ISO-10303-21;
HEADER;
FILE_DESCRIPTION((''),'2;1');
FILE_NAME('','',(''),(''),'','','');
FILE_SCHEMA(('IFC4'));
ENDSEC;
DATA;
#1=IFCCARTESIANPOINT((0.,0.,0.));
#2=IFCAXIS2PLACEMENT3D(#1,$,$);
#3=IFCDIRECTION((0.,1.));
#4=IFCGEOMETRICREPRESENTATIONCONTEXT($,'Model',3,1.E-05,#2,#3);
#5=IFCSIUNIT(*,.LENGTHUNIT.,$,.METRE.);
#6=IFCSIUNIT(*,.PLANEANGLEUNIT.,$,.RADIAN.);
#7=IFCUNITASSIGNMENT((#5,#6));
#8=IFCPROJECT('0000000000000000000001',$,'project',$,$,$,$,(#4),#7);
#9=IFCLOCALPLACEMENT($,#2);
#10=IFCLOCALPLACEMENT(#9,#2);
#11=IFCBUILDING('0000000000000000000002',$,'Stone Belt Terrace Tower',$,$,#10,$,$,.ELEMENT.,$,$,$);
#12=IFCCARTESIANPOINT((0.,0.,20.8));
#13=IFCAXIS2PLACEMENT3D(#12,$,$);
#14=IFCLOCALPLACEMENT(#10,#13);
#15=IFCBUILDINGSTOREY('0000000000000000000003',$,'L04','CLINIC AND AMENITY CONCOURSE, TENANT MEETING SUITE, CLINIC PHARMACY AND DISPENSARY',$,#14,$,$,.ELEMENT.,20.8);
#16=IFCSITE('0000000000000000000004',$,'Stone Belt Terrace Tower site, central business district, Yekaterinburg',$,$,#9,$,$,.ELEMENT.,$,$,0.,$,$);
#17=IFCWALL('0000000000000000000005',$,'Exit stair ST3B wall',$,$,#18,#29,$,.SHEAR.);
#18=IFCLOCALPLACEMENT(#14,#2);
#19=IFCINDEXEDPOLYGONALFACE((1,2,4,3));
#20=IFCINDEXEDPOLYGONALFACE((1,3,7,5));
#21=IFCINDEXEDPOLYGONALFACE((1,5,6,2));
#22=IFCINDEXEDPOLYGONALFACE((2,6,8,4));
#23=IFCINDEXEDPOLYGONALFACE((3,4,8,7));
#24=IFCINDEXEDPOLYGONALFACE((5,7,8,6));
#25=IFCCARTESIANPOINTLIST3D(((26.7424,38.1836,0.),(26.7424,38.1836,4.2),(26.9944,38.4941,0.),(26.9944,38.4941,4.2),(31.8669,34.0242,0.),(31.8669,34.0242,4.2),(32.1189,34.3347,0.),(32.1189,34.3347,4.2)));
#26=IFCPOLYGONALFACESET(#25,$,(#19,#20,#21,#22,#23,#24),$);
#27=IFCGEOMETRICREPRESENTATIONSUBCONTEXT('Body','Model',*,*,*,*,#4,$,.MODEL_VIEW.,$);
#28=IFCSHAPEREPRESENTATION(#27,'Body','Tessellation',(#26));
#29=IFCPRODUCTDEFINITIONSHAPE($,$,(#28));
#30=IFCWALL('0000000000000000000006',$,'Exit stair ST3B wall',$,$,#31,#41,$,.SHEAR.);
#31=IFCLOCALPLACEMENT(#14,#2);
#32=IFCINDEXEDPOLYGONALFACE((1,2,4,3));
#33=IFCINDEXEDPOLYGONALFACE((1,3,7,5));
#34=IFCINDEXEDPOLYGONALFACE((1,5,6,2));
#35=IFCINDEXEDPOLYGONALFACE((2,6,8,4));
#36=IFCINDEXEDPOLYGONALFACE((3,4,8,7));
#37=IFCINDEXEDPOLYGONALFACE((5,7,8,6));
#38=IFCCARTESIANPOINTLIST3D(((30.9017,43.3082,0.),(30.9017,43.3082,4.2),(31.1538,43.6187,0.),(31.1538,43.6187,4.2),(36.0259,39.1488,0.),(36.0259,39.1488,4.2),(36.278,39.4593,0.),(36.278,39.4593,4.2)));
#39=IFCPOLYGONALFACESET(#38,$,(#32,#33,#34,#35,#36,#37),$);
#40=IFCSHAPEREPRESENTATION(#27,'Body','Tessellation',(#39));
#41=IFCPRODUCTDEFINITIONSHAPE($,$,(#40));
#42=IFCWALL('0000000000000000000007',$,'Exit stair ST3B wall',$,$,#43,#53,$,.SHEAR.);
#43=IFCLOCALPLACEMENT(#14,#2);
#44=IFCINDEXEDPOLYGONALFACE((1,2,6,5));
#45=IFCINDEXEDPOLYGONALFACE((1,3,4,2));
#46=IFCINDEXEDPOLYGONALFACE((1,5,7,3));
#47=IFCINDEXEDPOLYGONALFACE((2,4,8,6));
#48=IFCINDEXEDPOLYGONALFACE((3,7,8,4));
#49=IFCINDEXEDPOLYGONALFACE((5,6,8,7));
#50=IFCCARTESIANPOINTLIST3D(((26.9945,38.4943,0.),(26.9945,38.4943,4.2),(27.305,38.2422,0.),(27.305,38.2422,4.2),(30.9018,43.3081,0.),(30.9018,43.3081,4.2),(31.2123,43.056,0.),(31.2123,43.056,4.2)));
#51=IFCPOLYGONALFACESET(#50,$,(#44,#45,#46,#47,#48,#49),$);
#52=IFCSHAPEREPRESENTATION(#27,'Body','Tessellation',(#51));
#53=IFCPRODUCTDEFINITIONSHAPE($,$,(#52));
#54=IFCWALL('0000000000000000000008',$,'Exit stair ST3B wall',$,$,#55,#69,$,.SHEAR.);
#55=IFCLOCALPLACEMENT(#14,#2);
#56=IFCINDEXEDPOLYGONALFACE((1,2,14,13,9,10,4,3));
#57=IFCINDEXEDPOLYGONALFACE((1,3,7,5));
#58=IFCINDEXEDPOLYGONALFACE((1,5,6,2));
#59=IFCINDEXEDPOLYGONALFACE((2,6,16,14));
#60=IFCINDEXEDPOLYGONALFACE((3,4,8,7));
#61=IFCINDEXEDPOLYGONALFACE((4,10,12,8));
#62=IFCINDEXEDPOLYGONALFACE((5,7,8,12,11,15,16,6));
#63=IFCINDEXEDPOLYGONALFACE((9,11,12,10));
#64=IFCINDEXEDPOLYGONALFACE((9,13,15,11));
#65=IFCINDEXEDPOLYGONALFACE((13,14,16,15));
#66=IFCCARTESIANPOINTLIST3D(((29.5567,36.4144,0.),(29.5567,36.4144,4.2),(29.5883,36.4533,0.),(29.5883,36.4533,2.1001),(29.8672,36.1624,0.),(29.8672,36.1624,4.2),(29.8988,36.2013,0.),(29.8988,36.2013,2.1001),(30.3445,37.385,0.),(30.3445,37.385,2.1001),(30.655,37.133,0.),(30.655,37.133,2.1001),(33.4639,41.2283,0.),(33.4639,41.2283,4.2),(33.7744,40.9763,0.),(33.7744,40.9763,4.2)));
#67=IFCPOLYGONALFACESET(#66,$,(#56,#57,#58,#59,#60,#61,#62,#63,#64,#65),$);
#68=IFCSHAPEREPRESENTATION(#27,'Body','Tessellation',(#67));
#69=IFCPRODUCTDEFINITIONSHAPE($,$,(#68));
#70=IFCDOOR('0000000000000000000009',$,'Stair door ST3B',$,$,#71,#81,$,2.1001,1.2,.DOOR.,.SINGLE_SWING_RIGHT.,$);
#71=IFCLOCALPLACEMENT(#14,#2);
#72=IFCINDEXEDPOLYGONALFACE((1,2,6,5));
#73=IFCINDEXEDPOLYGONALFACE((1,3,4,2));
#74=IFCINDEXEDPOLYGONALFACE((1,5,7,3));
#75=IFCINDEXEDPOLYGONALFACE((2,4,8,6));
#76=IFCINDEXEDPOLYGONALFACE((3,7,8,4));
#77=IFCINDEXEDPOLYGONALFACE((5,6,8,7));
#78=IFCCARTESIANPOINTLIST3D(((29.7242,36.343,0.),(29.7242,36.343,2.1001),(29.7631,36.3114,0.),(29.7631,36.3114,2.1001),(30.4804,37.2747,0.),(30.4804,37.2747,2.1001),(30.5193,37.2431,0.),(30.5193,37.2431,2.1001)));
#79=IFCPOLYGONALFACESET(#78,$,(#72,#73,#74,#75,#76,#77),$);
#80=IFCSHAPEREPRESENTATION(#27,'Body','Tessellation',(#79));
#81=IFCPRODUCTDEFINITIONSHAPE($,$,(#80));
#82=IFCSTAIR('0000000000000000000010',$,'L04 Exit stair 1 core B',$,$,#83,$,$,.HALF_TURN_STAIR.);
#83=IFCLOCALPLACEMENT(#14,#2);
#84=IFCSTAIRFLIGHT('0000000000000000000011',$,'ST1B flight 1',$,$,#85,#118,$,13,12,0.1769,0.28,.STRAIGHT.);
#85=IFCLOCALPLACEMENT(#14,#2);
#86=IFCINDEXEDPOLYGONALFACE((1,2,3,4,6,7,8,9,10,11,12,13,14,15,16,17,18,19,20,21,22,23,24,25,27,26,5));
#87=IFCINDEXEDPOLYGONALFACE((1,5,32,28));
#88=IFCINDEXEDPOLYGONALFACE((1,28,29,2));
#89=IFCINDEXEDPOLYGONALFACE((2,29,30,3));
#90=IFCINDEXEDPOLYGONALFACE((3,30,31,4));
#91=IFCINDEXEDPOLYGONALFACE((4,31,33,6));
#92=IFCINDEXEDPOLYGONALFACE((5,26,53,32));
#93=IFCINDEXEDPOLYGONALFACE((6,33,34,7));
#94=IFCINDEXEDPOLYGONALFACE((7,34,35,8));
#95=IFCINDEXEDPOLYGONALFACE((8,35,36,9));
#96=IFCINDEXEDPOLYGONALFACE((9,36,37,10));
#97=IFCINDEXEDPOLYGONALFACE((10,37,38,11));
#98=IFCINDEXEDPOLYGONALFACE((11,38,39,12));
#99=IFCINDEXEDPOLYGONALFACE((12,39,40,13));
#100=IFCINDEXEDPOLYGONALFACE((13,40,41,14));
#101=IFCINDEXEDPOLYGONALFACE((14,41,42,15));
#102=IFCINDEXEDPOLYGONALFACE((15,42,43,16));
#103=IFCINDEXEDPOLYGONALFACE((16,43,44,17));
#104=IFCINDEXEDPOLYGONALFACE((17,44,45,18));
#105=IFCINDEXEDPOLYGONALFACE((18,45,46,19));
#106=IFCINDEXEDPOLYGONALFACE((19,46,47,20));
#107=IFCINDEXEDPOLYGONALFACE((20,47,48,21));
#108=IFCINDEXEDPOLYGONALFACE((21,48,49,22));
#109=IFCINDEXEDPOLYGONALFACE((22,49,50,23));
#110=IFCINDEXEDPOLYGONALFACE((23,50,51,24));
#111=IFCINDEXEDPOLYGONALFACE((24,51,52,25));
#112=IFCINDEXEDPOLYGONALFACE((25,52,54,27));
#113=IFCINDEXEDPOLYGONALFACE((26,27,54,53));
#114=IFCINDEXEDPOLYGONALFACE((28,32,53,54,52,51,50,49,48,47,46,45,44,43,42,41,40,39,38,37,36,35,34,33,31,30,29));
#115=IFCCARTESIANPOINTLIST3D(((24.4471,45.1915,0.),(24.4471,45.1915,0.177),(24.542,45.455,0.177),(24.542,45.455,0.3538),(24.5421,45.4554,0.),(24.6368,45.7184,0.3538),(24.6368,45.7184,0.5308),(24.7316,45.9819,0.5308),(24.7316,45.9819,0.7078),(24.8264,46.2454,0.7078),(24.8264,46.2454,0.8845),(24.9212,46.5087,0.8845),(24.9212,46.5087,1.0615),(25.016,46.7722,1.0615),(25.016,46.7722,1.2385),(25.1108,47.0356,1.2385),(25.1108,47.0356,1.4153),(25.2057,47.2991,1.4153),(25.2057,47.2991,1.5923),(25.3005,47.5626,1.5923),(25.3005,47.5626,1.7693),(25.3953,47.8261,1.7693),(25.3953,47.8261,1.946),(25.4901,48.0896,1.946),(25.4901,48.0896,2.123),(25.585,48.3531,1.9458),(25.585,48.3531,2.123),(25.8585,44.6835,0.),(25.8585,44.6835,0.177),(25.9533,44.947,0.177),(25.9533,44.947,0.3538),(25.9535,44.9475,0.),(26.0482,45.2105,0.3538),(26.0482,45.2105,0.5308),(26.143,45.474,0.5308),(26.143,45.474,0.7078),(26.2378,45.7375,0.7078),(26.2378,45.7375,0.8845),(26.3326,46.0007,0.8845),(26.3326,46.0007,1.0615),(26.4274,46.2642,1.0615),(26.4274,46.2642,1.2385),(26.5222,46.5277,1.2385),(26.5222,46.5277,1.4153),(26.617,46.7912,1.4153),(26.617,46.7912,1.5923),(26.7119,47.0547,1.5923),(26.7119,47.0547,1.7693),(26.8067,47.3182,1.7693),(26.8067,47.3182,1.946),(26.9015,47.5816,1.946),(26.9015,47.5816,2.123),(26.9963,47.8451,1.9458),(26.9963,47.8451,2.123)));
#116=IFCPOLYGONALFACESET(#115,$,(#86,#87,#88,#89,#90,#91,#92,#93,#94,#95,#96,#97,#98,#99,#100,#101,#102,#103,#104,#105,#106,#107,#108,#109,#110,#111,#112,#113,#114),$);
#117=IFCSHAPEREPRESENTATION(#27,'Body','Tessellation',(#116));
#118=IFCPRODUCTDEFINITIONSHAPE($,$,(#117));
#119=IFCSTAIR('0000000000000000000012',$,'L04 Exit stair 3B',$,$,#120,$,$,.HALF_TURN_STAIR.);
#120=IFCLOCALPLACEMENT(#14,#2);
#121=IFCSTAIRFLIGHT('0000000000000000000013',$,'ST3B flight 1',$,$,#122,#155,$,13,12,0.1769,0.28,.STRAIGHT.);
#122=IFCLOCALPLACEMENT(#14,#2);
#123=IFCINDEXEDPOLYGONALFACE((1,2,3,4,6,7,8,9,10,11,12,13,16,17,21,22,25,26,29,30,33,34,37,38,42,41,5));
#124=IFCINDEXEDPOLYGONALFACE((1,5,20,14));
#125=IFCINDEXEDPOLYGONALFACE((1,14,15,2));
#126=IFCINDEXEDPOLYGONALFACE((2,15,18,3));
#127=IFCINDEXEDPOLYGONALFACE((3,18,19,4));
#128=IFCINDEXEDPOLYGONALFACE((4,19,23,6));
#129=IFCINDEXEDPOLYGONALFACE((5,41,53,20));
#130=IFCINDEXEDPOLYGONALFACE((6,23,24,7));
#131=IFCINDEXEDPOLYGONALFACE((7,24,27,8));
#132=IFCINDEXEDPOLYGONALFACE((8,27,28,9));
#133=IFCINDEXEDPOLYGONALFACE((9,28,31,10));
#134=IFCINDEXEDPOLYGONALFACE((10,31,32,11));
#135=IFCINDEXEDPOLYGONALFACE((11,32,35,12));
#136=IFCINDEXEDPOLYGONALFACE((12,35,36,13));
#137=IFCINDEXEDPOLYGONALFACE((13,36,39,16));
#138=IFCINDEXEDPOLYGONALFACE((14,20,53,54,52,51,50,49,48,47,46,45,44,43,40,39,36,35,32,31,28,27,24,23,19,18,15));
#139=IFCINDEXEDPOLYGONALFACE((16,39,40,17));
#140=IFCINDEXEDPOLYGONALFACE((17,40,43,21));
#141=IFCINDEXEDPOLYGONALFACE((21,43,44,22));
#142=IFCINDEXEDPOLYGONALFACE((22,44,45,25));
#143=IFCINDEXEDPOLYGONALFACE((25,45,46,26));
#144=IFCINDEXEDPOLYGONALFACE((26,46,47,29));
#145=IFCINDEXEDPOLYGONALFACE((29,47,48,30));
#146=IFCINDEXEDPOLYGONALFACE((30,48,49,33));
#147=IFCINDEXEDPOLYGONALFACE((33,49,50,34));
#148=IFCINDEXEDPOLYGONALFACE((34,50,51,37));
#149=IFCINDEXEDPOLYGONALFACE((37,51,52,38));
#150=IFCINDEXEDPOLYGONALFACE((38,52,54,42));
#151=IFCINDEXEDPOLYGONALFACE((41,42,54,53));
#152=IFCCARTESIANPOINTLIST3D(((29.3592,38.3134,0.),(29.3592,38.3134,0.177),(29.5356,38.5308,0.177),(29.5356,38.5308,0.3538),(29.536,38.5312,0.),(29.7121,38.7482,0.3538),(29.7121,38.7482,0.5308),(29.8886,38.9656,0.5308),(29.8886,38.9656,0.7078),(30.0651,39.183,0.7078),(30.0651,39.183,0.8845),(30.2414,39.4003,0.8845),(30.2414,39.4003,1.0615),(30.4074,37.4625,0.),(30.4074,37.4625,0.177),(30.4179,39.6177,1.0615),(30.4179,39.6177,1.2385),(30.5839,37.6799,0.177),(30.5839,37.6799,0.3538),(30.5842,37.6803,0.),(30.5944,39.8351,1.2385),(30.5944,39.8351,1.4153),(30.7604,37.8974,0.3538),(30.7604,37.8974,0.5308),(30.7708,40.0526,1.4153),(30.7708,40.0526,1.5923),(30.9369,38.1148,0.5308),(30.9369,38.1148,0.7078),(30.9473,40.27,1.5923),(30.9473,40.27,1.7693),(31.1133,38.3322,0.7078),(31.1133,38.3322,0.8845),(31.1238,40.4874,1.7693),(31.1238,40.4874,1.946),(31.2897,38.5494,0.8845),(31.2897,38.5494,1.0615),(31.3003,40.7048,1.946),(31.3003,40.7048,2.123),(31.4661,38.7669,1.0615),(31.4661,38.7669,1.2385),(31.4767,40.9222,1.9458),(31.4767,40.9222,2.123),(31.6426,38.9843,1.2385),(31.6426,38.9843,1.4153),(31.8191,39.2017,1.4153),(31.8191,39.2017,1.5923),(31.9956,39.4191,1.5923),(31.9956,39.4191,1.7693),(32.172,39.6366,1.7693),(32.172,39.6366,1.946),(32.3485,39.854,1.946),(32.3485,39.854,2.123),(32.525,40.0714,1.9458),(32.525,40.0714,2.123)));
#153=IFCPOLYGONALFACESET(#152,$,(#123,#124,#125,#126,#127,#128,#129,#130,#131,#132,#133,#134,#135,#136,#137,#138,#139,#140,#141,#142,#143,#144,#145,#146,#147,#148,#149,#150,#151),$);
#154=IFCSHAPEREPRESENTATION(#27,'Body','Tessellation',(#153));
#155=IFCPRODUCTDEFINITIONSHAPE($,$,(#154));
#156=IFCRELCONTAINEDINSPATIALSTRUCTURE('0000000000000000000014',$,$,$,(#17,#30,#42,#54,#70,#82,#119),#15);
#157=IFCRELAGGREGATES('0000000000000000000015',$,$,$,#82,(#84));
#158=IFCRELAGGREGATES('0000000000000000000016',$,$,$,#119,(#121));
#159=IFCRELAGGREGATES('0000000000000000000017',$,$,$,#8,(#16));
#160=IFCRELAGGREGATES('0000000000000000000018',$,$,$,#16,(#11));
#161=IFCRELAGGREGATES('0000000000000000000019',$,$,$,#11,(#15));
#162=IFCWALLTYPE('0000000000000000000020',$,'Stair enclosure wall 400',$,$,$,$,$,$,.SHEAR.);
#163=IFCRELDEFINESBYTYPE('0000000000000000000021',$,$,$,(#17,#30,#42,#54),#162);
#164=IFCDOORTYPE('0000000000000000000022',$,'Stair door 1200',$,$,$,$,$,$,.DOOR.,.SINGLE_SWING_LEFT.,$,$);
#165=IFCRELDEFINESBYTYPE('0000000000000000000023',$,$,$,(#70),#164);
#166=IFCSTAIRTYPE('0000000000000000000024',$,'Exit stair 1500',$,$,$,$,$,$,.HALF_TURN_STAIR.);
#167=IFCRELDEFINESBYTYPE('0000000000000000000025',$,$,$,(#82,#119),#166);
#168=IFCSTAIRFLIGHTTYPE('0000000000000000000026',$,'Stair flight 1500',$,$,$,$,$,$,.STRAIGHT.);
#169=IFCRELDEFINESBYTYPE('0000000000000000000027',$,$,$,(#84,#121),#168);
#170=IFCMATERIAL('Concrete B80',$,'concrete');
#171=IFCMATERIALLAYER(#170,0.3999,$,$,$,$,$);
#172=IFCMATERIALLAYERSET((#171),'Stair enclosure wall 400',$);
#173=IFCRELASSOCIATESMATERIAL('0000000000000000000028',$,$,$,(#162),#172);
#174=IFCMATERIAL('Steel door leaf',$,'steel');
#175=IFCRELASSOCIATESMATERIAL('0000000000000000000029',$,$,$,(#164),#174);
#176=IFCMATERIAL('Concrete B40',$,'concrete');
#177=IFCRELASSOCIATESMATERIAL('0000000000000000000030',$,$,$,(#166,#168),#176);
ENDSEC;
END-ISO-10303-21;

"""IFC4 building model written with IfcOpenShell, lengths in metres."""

from ifc_helpers import new_model, si_unit, direction, frame, frame_2d, origin, place, context, subcontext, project, spatial, polyline, rectangle, outline, extrude, material, layer, layer_set, type_object, element, fill, aggregate, save


model = new_model("IFC4")

# Units and contexts
model_context = context("Model", 3, precision=1e-05, world=origin(), true_north=direction((0.0, 1.0)))
body_context = subcontext(model_context, "Body", "Model", "MODEL_VIEW")
ifc_project = project(units=[si_unit("LENGTHUNIT", "METRE"), si_unit("PLANEANGLEUNIT", "RADIAN")], contexts=[model_context])

# Site, building, storey
site_placement = place(None, origin())
site = spatial("IfcSite", under=ifc_project, at=site_placement, Name="Stone Belt Terrace Tower site, central business district, Yekaterinburg", CompositionType="ELEMENT", RefElevation=0.0)
building_placement = place(site_placement, origin())
building = spatial("IfcBuilding", under=site, at=building_placement, Name="Stone Belt Terrace Tower", CompositionType="ELEMENT")
storey_placement = place(building_placement, frame((0.0, 0.0, 20.8)))
storey = spatial("IfcBuildingStorey", under=building, at=storey_placement, Name="L04", Description="CLINIC AND AMENITY CONCOURSE, TENANT MEETING SUITE, CLINIC PHARMACY AND DISPENSARY", CompositionType="ELEMENT", Elevation=20.8)

# Shared definitions
ifc_material_1 = material(Name="Concrete B80", Category="concrete")

# Shared definitions
ifc_layer_1 = layer(ifc_material_1, 0.3999)
ifc_layer_set_1 = layer_set([ifc_layer_1], Name="Stair enclosure wall 400")
wall_type_1 = type_object("IfcWallType", Name="Stair enclosure wall 400", PredefinedType="SHEAR", material=ifc_layer_set_1)

# Walls
wall_1_placement = place(storey_placement, frame((26.8684, 38.3389, 0.0), z_axis=(0.0, 0.0, 1.0), x_axis=(0.776428, -0.630205, 0.0)))
element("IfcWall", 1, at=wall_1_placement, inside=storey, type_object=wall_type_1, Name="Exit stair ST3B wall", PredefinedType="SHEAR", context=body_context, shape_type="SweptSolid", body=[
    extrude(rectangle(XDim=6.6001, YDim=0.3999, at=frame_2d((3.3, 0.0))), origin(), (0.0, 0.0, 1.0), 4.2),
])
wall_2_placement = place(storey_placement, frame((31.0278, 43.4634, 0.0), z_axis=(0.0, 0.0, 1.0), x_axis=(0.776414, -0.630224, 0.0)))
element("IfcWall", 2, at=wall_2_placement, inside=storey, type_object=wall_type_1, Name="Exit stair ST3B wall", PredefinedType="SHEAR", context=body_context, shape_type="SweptSolid", body=[
    extrude(rectangle(XDim=6.5999, YDim=0.3999, at=frame_2d((3.2998, 0.0))), origin(), (0.0, 0.0, 1.0), 4.2),
])
wall_3_placement = place(storey_placement, frame((27.1497, 38.3682, 0.0), z_axis=(0.0, 0.0, 1.0), x_axis=(0.630212, 0.776423, 0.0)))
element("IfcWall", 3, at=wall_3_placement, inside=storey, type_object=wall_type_1, Name="Exit stair ST3B wall", PredefinedType="SHEAR", context=body_context, shape_type="SweptSolid", body=[
    extrude(rectangle(XDim=6.2, YDim=0.3999, at=frame_2d((3.1001, 0.0))), origin(), (0.0, 0.0, 1.0), 4.2),
])

# Wall, opening, door
wall_4_placement = place(storey_placement, frame((29.7119, 36.2883, 0.0), z_axis=(0.0, 0.0, 1.0), x_axis=(0.630192, 0.776439, 0.0)))
wall_4 = element("IfcWall", 4, at=wall_4_placement, inside=storey, type_object=wall_type_1, Name="Exit stair ST3B wall", PredefinedType="SHEAR", context=body_context, shape_type="SweptSolid", body=[
    extrude(rectangle(XDim=6.2, YDim=0.3999, at=frame_2d((3.1001, 0.0))), origin(), (0.0, 0.0, 1.0), 4.2),
])
opening_1_placement = place(wall_4_placement, frame((0.05, 0.0, 0.0)))
opening_1 = element("IfcOpeningElement", 5, at=opening_1_placement, cuts=wall_4, PredefinedType="OPENING", context=body_context, shape_type="SweptSolid", body=[
    extrude(rectangle(XDim=1.2, YDim=2.1001, at=frame_2d((0.6001, 1.05))), frame((0.0, 0.21, 0.0), z_axis=(0.0, -1.0, 0.0), x_axis=(1.0, 0.0, 0.0)), (0.0, 0.0, 1.0), 0.4199),
])
ifc_material_2 = material(Name="Steel door leaf", Category="steel")
door_type_1 = type_object("IfcDoorType", Name="Stair door 1200", OperationType="SINGLE_SWING_LEFT", PredefinedType="DOOR", material=ifc_material_2)
door_1_placement = place(opening_1_placement, origin())
door_1 = element("IfcDoor", 6, at=door_1_placement, inside=storey, type_object=door_type_1, Name="Stair door ST3B", OperationType="SINGLE_SWING_RIGHT", OverallHeight=2.1001, OverallWidth=1.2, PredefinedType="DOOR", context=body_context, shape_type="SweptSolid", body=[
    extrude(rectangle(XDim=1.2, YDim=2.1001, at=frame_2d((0.6001, 1.05))), frame((0.0, 0.0249, 0.0), z_axis=(0.0, -1.0, 0.0), x_axis=(1.0, 0.0, 0.0)), (0.0, 0.0, 1.0), 0.05),
])
fill(opening_1, door_1)

# Stair, stair flight
ifc_material_3 = material(Name="Concrete B40", Category="concrete")
stair_type = type_object("IfcStairType", Name="Exit stair 1500", PredefinedType="HALF_TURN_STAIR", material=ifc_material_3)
stair_1_placement = place(storey_placement, origin())
stair_1 = element("IfcStair", 7, at=stair_1_placement, inside=storey, type_object=stair_type, Name="L04 Exit stair 1 core B", PredefinedType="HALF_TURN_STAIR")
stair_flight_type = type_object("IfcStairFlightType", Name="Stair flight 1500", PredefinedType="STRAIGHT", material=ifc_material_3)
stair_flight_1_placement = place(storey_placement, frame((25.1528, 44.9375, 0.0), z_axis=(0.0, 0.0, 1.0), x_axis=(0.338624, 0.940922, 0.0)))
stair_flight_1 = element("IfcStairFlight", 8, at=stair_flight_1_placement, type_object=stair_flight_type, Name="ST1B flight 1", NumberOfRisers=13, NumberOfTreads=12, PredefinedType="STRAIGHT", RiserHeight=0.1769, TreadLength=0.28, context=body_context, shape_type="SweptSolid", body=[
    extrude(outline(polyline([(0.0, 0.0), (0.0, 0.177), (0.28, 0.177), (0.28, 0.3538), (0.5601, 0.3538), (0.5601, 0.5308), (0.8401, 0.5308), (0.8401, 0.7078), (1.1201, 0.7078), (1.1201, 0.8845), (1.3999, 0.8845), (1.3999, 1.0615), (1.6799, 1.0615), (1.6799, 1.2385), (1.96, 1.2385), (1.96, 1.4153), (2.24, 1.4153), (2.24, 1.5923), (2.52, 1.5923), (2.52, 1.7693), (2.8, 1.7693), (2.8, 1.946), (3.0801, 1.946), (3.0801, 2.123), (3.3601, 2.123), (3.3601, 2.3), (3.3601, 1.9458), (0.2805, 0.0), (0.0, 0.0)])), frame((0.0, 0.75, 0.0), z_axis=(0.0, -1.0, 0.0), x_axis=(1.0, 0.0, 0.0)), (0.0, 0.0, 1.0), 1.5),
])
aggregate(stair_1, [stair_flight_1])

# Stair, stair flight
stair_2_placement = place(storey_placement, origin())
stair_2 = element("IfcStair", 9, at=stair_2_placement, inside=storey, type_object=stair_type, Name="L04 Exit stair 3B", PredefinedType="HALF_TURN_STAIR")
stair_flight_2_placement = place(storey_placement, frame((29.8833, 37.8879, 0.0), z_axis=(0.0, 0.0, 1.0), x_axis=(0.630206, 0.776428, 0.0)))
stair_flight_2 = element("IfcStairFlight", 10, at=stair_flight_2_placement, type_object=stair_flight_type, Name="ST3B flight 1", NumberOfRisers=13, NumberOfTreads=12, PredefinedType="STRAIGHT", RiserHeight=0.1769, TreadLength=0.28, context=body_context, shape_type="SweptSolid", body=[
    extrude(outline(polyline([(0.0, 0.0), (0.0, 0.177), (0.28, 0.177), (0.28, 0.3538), (0.5601, 0.3538), (0.5601, 0.5308), (0.8401, 0.5308), (0.8401, 0.7078), (1.1201, 0.7078), (1.1201, 0.8845), (1.3999, 0.8845), (1.3999, 1.0615), (1.6799, 1.0615), (1.6799, 1.2385), (1.96, 1.2385), (1.96, 1.4153), (2.24, 1.4153), (2.24, 1.5923), (2.52, 1.5923), (2.52, 1.7693), (2.8, 1.7693), (2.8, 1.946), (3.0801, 1.946), (3.0801, 2.123), (3.3601, 2.123), (3.3601, 2.3), (3.3601, 1.9458), (0.2805, 0.0), (0.0, 0.0)])), frame((0.0, 0.675, 0.0), z_axis=(0.0, -1.0, 0.0), x_axis=(1.0, 0.0, 0.0)), (0.0, 0.0, 1.0), 1.3501),
])
aggregate(stair_2, [stair_flight_2])

save(model, "model.ifc")
